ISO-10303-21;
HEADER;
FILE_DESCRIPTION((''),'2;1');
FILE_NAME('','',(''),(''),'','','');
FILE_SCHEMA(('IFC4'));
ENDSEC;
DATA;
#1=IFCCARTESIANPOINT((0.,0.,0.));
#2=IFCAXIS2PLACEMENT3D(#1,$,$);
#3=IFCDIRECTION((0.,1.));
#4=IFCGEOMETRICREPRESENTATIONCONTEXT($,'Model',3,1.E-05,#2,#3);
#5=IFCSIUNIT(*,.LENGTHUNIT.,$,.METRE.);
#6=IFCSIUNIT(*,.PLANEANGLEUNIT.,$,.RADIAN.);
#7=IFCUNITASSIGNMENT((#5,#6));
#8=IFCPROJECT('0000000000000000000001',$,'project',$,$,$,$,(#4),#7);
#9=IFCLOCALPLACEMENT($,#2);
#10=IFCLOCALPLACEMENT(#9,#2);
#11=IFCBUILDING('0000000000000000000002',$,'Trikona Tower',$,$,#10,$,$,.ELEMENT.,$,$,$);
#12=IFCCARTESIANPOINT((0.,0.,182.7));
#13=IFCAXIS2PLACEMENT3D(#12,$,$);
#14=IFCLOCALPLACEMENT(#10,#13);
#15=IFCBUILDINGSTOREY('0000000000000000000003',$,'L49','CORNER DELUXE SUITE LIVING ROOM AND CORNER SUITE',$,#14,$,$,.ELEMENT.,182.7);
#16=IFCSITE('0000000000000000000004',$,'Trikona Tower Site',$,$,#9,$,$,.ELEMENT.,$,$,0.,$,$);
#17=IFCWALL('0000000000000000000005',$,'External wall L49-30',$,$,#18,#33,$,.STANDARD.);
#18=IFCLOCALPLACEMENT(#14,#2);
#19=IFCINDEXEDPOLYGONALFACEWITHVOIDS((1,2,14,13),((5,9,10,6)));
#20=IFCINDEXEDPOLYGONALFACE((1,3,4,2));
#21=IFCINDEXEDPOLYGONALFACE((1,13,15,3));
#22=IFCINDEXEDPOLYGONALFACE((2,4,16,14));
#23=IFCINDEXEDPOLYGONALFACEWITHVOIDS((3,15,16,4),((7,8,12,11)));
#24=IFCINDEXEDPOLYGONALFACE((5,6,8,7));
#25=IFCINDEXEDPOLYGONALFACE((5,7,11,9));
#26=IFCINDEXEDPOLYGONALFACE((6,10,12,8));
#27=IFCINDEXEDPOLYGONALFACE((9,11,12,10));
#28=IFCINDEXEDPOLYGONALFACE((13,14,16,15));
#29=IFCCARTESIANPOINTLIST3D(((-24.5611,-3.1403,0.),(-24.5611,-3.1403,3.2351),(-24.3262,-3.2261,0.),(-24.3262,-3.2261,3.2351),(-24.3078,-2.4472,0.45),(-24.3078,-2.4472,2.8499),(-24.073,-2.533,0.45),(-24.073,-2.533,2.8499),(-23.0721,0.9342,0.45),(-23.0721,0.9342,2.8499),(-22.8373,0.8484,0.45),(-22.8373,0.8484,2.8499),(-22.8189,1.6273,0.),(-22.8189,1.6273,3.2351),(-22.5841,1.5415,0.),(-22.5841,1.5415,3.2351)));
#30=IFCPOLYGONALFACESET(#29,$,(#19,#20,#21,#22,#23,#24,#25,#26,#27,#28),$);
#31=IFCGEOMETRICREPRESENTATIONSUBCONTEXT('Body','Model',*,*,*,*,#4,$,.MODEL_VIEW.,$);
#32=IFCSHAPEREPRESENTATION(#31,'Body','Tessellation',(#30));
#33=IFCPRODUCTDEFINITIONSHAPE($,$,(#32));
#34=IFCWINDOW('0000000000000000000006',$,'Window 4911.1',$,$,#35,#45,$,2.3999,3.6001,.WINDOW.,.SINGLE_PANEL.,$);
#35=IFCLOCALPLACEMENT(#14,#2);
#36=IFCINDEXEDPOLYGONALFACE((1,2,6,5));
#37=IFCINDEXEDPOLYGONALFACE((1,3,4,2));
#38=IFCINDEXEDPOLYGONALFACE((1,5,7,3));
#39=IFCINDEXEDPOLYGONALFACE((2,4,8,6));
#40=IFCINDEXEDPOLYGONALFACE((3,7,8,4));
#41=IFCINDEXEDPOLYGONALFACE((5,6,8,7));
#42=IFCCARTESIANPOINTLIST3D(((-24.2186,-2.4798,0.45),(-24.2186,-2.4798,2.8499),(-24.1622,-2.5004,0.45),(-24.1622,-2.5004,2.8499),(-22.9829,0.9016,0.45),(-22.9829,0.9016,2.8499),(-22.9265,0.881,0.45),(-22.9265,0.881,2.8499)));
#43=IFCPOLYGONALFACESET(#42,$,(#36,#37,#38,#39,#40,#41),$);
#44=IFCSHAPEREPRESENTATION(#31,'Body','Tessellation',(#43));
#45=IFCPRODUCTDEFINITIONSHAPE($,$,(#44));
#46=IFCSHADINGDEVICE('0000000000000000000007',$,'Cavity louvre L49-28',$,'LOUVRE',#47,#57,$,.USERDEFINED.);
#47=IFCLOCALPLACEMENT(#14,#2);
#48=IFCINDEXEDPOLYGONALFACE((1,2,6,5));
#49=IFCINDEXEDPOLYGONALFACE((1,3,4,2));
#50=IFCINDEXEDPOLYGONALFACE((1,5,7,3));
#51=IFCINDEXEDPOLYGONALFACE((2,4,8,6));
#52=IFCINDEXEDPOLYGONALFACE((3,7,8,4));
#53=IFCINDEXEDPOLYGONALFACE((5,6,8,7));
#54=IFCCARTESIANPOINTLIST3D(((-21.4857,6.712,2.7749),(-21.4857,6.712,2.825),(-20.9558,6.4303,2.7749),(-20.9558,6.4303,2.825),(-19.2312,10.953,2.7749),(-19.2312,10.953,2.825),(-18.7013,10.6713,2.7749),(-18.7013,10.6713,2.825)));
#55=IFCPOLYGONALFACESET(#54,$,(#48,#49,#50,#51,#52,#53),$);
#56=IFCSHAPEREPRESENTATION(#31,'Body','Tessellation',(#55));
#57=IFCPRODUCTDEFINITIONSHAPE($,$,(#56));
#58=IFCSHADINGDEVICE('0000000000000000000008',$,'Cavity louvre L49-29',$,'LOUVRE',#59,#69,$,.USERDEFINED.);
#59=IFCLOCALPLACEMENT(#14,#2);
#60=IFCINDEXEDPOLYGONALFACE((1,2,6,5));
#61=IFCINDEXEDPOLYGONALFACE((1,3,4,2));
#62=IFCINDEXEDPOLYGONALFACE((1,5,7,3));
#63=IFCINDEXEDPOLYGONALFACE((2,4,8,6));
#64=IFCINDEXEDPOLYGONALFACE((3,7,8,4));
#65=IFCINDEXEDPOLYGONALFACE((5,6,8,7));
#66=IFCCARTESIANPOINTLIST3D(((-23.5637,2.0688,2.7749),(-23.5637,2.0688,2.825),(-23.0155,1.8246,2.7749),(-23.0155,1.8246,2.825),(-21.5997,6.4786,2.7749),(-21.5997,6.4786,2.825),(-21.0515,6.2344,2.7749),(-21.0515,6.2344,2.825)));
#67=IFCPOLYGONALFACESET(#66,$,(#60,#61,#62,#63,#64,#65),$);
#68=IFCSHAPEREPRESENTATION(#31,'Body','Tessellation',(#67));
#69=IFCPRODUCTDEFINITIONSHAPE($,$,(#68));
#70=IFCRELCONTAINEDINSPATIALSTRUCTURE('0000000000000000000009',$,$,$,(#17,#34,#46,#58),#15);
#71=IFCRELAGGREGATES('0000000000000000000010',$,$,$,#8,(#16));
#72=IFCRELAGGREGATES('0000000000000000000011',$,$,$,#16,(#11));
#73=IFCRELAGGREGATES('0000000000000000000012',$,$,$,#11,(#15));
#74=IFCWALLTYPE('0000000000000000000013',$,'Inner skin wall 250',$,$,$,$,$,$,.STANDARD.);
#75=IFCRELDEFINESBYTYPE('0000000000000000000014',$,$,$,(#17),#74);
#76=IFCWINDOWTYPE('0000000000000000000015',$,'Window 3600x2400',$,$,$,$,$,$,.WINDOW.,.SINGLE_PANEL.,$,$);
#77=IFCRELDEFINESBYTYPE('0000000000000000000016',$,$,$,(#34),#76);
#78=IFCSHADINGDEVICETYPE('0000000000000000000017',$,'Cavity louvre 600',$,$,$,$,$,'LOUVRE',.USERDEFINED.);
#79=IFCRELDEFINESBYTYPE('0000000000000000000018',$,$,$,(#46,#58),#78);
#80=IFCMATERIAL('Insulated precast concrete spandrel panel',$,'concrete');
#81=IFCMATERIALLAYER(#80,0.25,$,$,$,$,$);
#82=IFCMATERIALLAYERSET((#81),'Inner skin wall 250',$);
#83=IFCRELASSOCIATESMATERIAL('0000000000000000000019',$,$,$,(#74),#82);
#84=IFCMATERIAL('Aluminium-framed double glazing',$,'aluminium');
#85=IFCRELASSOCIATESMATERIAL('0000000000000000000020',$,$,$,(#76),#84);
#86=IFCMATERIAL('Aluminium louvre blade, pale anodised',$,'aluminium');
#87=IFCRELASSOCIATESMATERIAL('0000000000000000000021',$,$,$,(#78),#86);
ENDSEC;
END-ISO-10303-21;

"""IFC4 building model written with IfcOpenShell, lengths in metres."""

from ifc_helpers import new_model, si_unit, direction, frame, frame_2d, origin, origin_2d, place, context, subcontext, project, spatial, rectangle, extrude, material, layer, layer_set, type_object, element, fill, save


model = new_model("IFC4")

# Units and contexts
model_context = context("Model", 3, precision=1e-05, world=origin(), true_north=direction((0.0, 1.0)))
body_context = subcontext(model_context, "Body", "Model", "MODEL_VIEW")
ifc_project = project(units=[si_unit("LENGTHUNIT", "METRE"), si_unit("PLANEANGLEUNIT", "RADIAN")], contexts=[model_context])

# Site, building, storey
site_placement = place(None, origin())
site = spatial("IfcSite", under=ifc_project, at=site_placement, Name="Trikona Tower Site", CompositionType="ELEMENT", RefElevation=0.0)
building_placement = place(site_placement, origin())
building = spatial("IfcBuilding", under=site, at=building_placement, Name="Trikona Tower", CompositionType="ELEMENT")
storey_placement = place(building_placement, frame((0.0, 0.0, 182.7)))
storey = spatial("IfcBuildingStorey", under=building, at=storey_placement, Name="L49", Description="CORNER DELUXE SUITE LIVING ROOM AND CORNER SUITE", CompositionType="ELEMENT", Elevation=182.7)

# Wall, opening, window
ifc_material_1 = material(Name="Insulated precast concrete spandrel panel", Category="concrete")
ifc_layer_1 = layer(ifc_material_1, 0.25)
ifc_layer_set_1 = layer_set([ifc_layer_1], Name="Inner skin wall 250")
wall_type = type_object("IfcWallType", Name="Inner skin wall 250", PredefinedType="STANDARD", material=ifc_layer_set_1)
ifc_material_2 = material(Name="Aluminium-framed double glazing", Category="aluminium")
window_type = type_object("IfcWindowType", Name="Window 3600x2400", PartitioningType="SINGLE_PANEL", PredefinedType="WINDOW", material=ifc_material_2)
wall_1_placement = place(storey_placement, frame((-22.7014, 1.5845, 0.0), z_axis=(0.0, 0.0, 1.0), x_axis=(-0.343226, -0.939253, 0.0)))
wall_1 = element("IfcWall", 1, at=wall_1_placement, inside=storey, type_object=wall_type, Name="External wall L49-30", PredefinedType="STANDARD", context=body_context, shape_type="SweptSolid", body=[
    extrude(rectangle(XDim=5.0759, YDim=0.25, at=frame_2d((2.5381, 0.0))), origin(), (0.0, 0.0, 1.0), 3.2351),
])
opening_1_placement = place(wall_1_placement, frame((0.738, 0.0, 0.45)))
opening_1 = element("IfcOpeningElement", 2, at=opening_1_placement, cuts=wall_1, PredefinedType="OPENING", context=body_context, shape_type="SweptSolid", body=[
    extrude(rectangle(XDim=3.6001, YDim=2.3999, at=frame_2d((1.8, 1.2))), frame((0.0, 0.135, 0.0), z_axis=(0.0, -1.0, 0.0), x_axis=(1.0, 0.0, 0.0)), (0.0, 0.0, 1.0), 0.27),
])
window_1_placement = place(opening_1_placement, origin())
window_1 = element("IfcWindow", 3, at=window_1_placement, inside=storey, type_object=window_type, Name="Window 4911.1", OverallHeight=2.3999, OverallWidth=3.6001, PartitioningType="SINGLE_PANEL", PredefinedType="WINDOW", context=body_context, shape_type="SweptSolid", body=[
    extrude(rectangle(XDim=3.6001, YDim=2.3999, at=frame_2d((1.8, 1.2))), frame((0.0, 0.03, 0.0), z_axis=(0.0, -1.0, 0.0), x_axis=(1.0, 0.0, 0.0)), (0.0, 0.0, 1.0), 0.0601),
])
fill(opening_1, window_1)

# Shading devices
ifc_material_3 = material(Name="Aluminium louvre blade, pale anodised", Category="aluminium")
shading_device_type = type_object("IfcShadingDeviceType", Name="Cavity louvre 600", ElementType="LOUVRE", PredefinedType="USERDEFINED", material=ifc_material_3)
shading_device_1_placement = place(storey_placement, frame((-20.0935, 8.6917, 2.7749), z_axis=(0.0, 0.0, 1.0), x_axis=(-0.469398, -0.882987, 0.0)))
element("IfcShadingDevice", 4, at=shading_device_1_placement, inside=storey, type_object=shading_device_type, Name="Cavity louvre L49-28", ObjectType="LOUVRE", PredefinedType="USERDEFINED", context=body_context, shape_type="SweptSolid", body=[
    extrude(rectangle(XDim=4.803, YDim=0.6001, at=origin_2d()), origin(), (0.0, 0.0, 1.0), 0.05),
])
shading_device_2_placement = place(storey_placement, frame((-22.3076, 4.1516, 2.7749), z_axis=(0.0, 0.0, 1.0), x_axis=(-0.406843, -0.913498, 0.0)))
element("IfcShadingDevice", 5, at=shading_device_2_placement, inside=storey, type_object=shading_device_type, Name="Cavity louvre L49-29", ObjectType="LOUVRE", PredefinedType="USERDEFINED", context=body_context, shape_type="SweptSolid", body=[
    extrude(rectangle(XDim=4.8274, YDim=0.6001, at=origin_2d()), origin(), (0.0, 0.0, 1.0), 0.05),
])

save(model, "model.ifc")
